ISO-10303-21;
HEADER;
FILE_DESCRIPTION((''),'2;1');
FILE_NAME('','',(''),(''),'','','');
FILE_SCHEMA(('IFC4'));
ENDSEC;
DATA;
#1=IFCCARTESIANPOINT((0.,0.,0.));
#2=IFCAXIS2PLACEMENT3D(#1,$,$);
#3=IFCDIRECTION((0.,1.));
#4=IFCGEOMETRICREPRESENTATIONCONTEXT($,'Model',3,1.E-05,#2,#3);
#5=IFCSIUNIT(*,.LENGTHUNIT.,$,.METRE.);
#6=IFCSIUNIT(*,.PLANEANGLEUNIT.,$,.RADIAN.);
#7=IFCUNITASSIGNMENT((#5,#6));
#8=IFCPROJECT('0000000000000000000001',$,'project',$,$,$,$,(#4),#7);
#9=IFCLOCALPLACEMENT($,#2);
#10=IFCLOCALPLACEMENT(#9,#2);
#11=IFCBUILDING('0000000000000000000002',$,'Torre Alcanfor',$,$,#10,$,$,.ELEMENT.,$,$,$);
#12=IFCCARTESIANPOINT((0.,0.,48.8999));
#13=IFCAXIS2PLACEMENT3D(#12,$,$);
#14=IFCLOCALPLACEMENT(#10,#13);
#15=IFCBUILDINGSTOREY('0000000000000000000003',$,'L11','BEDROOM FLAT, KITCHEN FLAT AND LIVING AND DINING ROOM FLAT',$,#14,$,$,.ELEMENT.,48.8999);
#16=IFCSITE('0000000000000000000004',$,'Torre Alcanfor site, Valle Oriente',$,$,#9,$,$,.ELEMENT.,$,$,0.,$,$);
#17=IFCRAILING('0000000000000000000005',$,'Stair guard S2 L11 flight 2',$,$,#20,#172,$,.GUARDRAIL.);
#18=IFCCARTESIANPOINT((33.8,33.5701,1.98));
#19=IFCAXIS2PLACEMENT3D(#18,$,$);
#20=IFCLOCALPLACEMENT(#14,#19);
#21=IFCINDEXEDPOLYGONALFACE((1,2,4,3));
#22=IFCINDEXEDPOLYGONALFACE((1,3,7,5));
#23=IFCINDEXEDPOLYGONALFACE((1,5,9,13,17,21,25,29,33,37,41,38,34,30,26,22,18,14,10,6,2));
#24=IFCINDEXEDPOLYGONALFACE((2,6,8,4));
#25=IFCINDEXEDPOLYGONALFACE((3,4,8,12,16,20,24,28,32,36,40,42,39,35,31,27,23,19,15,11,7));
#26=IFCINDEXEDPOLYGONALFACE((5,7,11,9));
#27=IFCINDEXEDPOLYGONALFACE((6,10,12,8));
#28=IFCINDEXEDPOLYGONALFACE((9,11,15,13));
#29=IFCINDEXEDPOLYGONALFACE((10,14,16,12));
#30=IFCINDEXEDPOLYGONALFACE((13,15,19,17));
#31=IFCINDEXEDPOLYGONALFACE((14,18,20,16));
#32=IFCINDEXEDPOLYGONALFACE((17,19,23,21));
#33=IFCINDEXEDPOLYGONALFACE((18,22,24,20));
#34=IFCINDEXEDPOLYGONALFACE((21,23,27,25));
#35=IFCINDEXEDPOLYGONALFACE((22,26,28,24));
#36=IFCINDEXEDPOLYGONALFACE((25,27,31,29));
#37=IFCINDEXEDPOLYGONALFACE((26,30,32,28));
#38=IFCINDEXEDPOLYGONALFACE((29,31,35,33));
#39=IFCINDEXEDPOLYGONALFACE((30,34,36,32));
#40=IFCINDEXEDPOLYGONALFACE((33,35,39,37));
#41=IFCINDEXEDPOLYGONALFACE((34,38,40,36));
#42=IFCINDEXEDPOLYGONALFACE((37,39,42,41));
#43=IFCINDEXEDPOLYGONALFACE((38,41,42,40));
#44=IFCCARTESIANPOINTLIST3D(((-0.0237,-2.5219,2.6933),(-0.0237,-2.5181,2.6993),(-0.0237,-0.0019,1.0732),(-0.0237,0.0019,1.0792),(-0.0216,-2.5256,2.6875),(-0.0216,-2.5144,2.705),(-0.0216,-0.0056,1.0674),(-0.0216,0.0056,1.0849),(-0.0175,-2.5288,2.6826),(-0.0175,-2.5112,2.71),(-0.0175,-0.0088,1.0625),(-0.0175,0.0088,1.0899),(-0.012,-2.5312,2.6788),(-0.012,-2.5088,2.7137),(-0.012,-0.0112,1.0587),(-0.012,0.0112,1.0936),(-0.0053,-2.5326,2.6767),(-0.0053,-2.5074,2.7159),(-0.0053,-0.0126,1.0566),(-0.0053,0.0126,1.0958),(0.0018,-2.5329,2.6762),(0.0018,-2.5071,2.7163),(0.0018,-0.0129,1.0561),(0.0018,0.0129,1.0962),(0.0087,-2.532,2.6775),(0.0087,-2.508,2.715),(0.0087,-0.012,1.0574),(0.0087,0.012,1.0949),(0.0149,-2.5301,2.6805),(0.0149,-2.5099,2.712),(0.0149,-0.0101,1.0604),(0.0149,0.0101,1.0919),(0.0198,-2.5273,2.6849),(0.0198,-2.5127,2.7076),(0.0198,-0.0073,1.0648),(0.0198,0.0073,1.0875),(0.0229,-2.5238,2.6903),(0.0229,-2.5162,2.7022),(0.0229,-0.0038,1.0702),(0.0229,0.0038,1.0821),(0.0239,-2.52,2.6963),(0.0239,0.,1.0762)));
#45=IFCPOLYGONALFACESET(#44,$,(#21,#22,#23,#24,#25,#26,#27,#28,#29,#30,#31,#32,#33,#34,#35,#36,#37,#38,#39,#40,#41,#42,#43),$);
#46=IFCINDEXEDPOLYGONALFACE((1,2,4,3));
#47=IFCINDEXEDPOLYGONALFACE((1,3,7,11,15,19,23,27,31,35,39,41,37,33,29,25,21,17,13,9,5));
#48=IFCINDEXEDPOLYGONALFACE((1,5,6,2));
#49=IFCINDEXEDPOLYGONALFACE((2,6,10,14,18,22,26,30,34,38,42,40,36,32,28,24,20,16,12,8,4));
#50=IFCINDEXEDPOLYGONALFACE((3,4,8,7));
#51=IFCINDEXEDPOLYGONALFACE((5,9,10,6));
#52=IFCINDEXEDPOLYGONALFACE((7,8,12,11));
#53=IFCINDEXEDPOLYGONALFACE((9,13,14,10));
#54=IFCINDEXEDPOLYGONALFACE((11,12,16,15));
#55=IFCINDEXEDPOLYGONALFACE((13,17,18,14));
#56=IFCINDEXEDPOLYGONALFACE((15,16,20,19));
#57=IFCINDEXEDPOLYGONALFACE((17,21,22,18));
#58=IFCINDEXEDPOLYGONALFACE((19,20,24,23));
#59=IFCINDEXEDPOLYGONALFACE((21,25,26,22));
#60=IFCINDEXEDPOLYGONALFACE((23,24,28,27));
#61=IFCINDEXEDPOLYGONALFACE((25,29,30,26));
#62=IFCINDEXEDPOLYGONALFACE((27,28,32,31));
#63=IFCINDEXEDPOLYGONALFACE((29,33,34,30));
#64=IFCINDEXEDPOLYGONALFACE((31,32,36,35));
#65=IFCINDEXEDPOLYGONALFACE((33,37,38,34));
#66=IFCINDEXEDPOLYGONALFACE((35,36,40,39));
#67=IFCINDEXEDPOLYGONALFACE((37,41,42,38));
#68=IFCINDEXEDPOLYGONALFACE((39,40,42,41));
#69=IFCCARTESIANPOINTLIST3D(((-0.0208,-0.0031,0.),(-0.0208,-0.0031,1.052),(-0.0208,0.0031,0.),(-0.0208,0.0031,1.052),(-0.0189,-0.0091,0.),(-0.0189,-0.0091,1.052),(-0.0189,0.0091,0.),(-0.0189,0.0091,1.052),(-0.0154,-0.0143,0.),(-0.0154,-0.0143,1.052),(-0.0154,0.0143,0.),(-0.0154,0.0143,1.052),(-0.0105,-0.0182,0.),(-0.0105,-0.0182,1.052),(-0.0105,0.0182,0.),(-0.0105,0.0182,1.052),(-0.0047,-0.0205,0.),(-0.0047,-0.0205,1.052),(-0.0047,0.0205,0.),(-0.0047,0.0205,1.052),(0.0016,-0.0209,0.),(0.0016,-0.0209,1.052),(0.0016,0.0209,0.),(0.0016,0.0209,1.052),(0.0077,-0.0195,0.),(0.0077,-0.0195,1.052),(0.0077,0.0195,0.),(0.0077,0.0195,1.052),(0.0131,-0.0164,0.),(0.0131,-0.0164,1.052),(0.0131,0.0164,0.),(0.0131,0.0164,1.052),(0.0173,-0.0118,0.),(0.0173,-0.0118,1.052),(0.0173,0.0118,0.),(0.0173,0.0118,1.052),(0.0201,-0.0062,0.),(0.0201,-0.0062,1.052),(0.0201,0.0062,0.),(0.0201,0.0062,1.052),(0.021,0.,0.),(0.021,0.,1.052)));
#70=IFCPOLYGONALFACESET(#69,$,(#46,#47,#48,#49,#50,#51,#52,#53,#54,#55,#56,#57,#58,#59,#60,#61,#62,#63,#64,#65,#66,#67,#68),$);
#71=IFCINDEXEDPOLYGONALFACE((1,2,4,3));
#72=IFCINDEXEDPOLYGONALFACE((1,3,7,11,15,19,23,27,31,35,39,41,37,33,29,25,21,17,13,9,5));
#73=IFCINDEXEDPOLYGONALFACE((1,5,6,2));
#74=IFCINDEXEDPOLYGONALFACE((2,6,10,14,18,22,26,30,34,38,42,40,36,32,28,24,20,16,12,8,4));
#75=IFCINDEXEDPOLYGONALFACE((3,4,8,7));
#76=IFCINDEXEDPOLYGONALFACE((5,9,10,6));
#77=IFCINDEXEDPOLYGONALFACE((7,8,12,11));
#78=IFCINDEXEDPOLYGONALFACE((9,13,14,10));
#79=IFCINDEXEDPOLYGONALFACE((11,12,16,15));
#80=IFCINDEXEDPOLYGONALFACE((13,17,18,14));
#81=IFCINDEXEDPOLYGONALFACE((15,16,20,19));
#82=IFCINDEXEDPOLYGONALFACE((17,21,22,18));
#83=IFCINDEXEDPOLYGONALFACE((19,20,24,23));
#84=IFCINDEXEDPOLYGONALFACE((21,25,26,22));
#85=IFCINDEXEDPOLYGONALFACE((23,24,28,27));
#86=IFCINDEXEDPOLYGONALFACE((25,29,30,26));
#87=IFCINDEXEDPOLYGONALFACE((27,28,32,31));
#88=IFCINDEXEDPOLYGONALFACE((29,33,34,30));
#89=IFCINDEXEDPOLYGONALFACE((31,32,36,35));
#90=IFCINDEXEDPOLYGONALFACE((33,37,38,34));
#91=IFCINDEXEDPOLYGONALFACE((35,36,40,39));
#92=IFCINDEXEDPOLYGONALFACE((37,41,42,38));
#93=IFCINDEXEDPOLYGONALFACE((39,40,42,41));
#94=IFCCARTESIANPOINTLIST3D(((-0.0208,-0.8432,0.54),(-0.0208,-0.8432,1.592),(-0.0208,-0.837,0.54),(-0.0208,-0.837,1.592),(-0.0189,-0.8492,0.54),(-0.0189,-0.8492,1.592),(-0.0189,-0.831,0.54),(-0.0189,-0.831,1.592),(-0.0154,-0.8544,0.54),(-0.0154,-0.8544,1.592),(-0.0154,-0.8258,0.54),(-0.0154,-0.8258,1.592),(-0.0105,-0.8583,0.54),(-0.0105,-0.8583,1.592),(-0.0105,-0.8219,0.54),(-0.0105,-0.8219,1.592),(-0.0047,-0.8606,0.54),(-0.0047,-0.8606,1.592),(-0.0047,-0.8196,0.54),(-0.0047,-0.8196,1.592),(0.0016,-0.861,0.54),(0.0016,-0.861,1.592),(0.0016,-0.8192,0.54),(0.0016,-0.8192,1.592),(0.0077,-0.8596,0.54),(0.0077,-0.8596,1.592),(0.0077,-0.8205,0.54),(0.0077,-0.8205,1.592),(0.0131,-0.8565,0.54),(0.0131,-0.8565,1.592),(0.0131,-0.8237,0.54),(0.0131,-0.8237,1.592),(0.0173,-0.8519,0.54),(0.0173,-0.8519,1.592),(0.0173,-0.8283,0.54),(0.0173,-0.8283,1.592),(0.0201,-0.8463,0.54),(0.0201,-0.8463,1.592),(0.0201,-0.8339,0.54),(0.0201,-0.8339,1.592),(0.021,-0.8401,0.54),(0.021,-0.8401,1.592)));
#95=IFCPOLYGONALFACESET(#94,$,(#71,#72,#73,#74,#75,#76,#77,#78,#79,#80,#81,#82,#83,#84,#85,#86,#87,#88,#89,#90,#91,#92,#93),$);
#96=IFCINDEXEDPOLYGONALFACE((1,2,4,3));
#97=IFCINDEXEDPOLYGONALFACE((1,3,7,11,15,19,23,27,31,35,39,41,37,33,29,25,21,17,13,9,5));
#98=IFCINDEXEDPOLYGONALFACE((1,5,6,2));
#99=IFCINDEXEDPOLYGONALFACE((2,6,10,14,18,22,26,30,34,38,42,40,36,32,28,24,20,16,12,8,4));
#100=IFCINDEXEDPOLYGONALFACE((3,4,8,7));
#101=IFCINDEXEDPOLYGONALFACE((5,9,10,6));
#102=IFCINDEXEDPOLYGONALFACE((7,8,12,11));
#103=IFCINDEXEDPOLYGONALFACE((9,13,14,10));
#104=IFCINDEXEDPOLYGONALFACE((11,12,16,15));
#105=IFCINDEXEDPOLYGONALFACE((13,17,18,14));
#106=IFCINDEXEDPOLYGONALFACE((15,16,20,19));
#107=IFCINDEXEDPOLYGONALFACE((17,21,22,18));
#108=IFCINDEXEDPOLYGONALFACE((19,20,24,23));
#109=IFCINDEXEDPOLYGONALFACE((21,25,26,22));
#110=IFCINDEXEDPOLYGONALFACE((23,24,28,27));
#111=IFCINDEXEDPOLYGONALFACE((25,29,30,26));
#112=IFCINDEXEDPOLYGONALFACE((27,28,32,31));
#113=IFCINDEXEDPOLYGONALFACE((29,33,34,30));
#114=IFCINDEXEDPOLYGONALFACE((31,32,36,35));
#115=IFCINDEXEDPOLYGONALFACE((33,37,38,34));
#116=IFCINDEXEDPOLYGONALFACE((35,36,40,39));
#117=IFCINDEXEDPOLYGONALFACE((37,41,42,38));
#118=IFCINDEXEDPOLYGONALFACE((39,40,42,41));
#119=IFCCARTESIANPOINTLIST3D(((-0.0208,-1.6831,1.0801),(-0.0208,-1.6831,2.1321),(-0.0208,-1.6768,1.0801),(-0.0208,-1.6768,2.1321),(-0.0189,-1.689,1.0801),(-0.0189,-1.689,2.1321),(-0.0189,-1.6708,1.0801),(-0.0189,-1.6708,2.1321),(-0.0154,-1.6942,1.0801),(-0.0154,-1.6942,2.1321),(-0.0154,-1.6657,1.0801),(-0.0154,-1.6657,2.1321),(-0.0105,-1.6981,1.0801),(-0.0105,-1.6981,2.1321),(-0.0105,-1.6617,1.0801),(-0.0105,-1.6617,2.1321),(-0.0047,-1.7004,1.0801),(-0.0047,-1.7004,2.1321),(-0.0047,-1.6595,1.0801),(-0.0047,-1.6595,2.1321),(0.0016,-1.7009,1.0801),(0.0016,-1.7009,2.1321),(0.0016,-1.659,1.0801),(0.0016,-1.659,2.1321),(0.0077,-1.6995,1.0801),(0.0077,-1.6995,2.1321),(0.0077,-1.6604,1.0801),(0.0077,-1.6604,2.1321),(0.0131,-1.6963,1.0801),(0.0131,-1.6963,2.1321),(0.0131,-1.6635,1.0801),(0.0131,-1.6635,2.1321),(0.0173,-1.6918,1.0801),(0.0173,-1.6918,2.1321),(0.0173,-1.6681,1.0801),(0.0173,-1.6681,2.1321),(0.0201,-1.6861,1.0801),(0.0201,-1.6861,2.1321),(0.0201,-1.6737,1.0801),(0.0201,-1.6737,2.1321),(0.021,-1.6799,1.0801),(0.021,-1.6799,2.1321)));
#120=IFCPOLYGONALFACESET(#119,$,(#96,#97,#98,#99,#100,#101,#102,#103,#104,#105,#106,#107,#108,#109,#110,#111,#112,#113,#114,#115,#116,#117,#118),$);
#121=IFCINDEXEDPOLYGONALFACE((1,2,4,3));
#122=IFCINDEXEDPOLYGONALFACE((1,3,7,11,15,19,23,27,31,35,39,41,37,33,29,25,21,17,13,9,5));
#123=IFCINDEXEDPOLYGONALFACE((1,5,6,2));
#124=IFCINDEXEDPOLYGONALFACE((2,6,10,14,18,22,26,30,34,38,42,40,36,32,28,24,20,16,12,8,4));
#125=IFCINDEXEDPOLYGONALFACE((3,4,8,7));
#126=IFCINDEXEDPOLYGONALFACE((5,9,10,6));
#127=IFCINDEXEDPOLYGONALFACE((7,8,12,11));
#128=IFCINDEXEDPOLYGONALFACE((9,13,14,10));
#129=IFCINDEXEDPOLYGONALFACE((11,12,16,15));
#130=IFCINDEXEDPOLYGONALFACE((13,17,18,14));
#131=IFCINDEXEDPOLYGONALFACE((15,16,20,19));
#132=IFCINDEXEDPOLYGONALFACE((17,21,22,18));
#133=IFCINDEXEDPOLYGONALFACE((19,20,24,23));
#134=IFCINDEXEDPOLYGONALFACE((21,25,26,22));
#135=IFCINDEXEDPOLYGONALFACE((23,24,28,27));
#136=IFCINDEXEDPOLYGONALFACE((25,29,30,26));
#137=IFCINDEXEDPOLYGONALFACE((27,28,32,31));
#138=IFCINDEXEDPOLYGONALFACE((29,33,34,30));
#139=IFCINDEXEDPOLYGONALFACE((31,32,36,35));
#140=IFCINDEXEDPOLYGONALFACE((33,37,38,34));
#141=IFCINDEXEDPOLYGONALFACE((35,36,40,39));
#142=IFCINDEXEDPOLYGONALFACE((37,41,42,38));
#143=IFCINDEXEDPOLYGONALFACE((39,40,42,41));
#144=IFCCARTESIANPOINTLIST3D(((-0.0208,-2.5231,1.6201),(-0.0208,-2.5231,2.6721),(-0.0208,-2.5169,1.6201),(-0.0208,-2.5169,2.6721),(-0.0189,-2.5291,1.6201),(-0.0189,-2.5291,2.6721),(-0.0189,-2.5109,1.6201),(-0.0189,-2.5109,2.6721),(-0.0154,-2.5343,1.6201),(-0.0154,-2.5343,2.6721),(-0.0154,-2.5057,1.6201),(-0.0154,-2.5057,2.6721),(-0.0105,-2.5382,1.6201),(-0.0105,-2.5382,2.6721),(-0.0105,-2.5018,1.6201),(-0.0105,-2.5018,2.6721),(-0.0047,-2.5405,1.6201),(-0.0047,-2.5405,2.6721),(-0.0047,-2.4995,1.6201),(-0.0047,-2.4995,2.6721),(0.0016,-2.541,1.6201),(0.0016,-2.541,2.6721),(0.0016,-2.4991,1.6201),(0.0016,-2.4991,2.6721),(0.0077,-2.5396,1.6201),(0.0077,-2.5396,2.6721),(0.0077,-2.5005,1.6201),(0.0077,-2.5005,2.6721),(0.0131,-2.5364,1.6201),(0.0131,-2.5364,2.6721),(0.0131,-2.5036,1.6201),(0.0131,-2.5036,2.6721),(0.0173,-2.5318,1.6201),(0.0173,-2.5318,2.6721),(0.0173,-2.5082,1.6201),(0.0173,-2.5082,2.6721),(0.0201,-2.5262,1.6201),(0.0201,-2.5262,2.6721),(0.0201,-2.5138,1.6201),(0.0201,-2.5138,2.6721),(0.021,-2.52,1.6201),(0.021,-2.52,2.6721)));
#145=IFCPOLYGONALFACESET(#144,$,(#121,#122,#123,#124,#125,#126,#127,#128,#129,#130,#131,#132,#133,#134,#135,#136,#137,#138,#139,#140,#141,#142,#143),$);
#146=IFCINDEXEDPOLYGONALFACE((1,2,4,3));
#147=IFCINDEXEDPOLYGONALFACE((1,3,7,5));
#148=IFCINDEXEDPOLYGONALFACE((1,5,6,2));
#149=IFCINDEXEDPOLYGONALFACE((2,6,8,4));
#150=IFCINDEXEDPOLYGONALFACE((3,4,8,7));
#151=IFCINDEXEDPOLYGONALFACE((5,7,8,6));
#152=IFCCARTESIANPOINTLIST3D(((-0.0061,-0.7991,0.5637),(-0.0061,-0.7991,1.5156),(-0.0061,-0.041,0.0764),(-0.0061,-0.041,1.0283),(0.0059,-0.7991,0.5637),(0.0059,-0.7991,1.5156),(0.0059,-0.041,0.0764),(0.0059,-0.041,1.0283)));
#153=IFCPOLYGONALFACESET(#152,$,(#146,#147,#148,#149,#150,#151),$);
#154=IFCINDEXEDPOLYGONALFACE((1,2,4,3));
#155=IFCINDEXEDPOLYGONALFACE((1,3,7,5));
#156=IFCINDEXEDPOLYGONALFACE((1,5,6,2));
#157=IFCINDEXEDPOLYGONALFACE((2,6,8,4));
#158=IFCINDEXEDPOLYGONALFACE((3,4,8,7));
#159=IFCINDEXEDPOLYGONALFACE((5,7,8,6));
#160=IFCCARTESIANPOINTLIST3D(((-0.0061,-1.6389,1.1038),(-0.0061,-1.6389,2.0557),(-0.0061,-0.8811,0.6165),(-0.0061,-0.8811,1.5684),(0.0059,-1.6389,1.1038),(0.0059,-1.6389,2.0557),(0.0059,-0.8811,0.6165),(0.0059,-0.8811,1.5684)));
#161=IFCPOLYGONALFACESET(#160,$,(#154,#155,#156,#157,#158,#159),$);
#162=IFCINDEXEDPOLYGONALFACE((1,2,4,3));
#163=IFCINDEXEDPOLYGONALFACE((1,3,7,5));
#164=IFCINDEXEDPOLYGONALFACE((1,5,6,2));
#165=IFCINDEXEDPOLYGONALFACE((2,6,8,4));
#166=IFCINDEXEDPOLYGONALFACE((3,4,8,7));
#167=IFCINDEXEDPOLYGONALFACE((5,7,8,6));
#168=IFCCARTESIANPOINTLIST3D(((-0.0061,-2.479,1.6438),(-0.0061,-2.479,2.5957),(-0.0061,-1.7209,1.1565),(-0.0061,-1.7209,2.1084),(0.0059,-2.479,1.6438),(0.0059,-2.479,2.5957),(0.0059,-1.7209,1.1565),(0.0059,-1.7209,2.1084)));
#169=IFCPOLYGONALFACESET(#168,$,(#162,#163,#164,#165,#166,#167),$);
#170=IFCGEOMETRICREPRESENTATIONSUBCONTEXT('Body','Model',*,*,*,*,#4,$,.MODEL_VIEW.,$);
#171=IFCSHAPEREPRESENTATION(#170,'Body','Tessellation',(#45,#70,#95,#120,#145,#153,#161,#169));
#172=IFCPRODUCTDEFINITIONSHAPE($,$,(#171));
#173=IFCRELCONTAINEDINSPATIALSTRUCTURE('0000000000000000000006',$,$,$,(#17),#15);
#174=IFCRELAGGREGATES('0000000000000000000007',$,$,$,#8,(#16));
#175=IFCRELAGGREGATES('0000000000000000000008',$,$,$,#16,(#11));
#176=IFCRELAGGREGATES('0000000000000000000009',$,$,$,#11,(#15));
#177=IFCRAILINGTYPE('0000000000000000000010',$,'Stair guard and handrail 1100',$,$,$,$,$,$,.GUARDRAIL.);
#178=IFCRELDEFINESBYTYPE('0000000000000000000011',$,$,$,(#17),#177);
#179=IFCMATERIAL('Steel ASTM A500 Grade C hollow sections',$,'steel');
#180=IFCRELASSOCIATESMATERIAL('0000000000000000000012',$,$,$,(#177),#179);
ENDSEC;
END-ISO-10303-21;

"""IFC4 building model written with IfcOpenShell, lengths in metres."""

from ifc_helpers import new_model, si_unit, direction, frame, origin, origin_2d, place, context, subcontext, project, spatial, polyline, circle, outline, extrude, material, type_object, element, save


model = new_model("IFC4")

# Units and contexts
model_context = context("Model", 3, precision=1e-05, world=origin(), true_north=direction((0.0, 1.0)))
body_context = subcontext(model_context, "Body", "Model", "MODEL_VIEW")
ifc_project = project(units=[si_unit("LENGTHUNIT", "METRE"), si_unit("PLANEANGLEUNIT", "RADIAN")], contexts=[model_context])

# Site, building, storey
site_placement = place(None, origin())
site = spatial("IfcSite", under=ifc_project, at=site_placement, Name="Torre Alcanfor site, Valle Oriente", CompositionType="ELEMENT", RefElevation=0.0)
building_placement = place(site_placement, origin())
building = spatial("IfcBuilding", under=site, at=building_placement, Name="Torre Alcanfor", CompositionType="ELEMENT")
storey_placement = place(building_placement, frame((0.0, 0.0, 48.8999)))
storey = spatial("IfcBuildingStorey", under=building, at=storey_placement, Name="L11", Description="BEDROOM FLAT, KITCHEN FLAT AND LIVING AND DINING ROOM FLAT", CompositionType="ELEMENT", Elevation=48.8999)

# Railing
ifc_material_1 = material(Name="Steel ASTM A500 Grade C hollow sections", Category="steel")
railing_type_1 = type_object("IfcRailingType", Name="Stair guard and handrail 1100", PredefinedType="GUARDRAIL", material=ifc_material_1)
railing_1_placement = place(storey_placement, frame((33.8, 33.5701, 1.98)))
element("IfcRailing", 1, at=railing_1_placement, inside=storey, type_object=railing_type_1, Name="Stair guard S2 L11 flight 2", PredefinedType="GUARDRAIL", context=body_context, shape_type="SweptSolid", body=[
    extrude(circle(Radius=0.0239, at=origin_2d()), frame((0.0, 0.0, 1.0762), z_axis=(0.0, -0.841163, 0.540782), x_axis=(1.0, 0.0, 0.0)), (0.0, 0.0, 1.0), 2.9958),
    extrude(circle(Radius=0.021, at=origin_2d()), origin(), (0.0, 0.0, 1.0), 1.052),
    extrude(circle(Radius=0.021, at=origin_2d()), frame((0.0, -0.8401, 0.54)), (0.0, 0.0, 1.0), 1.052),
    extrude(circle(Radius=0.021, at=origin_2d()), frame((0.0, -1.6799, 1.0801)), (0.0, 0.0, 1.0), 1.052),
    extrude(circle(Radius=0.021, at=origin_2d()), frame((0.0, -2.52, 1.6201)), (0.0, 0.0, 1.0), 1.052),
    extrude(outline(polyline([(0.041, 0.0764), (0.7991, 0.5637), (0.7991, 1.5156), (0.041, 1.0283), (0.041, 0.0764)])), frame((0.0059, 0.0, 0.0), z_axis=(-1.0, 0.0, 0.0), x_axis=(0.0, -1.0, 0.0)), (0.0, 0.0, 1.0), 0.012),
    extrude(outline(polyline([(0.8811, 0.6165), (1.6389, 1.1038), (1.6389, 2.0557), (0.8811, 1.5684), (0.8811, 0.6165)])), frame((0.0059, 0.0, 0.0), z_axis=(-1.0, 0.0, 0.0), x_axis=(0.0, -1.0, 0.0)), (0.0, 0.0, 1.0), 0.012),
    extrude(outline(polyline([(1.7209, 1.1565), (2.479, 1.6438), (2.479, 2.5957), (1.7209, 2.1084), (1.7209, 1.1565)])), frame((0.0059, 0.0, 0.0), z_axis=(-1.0, 0.0, 0.0), x_axis=(0.0, -1.0, 0.0)), (0.0, 0.0, 1.0), 0.012),
])

save(model, "model.ifc")
